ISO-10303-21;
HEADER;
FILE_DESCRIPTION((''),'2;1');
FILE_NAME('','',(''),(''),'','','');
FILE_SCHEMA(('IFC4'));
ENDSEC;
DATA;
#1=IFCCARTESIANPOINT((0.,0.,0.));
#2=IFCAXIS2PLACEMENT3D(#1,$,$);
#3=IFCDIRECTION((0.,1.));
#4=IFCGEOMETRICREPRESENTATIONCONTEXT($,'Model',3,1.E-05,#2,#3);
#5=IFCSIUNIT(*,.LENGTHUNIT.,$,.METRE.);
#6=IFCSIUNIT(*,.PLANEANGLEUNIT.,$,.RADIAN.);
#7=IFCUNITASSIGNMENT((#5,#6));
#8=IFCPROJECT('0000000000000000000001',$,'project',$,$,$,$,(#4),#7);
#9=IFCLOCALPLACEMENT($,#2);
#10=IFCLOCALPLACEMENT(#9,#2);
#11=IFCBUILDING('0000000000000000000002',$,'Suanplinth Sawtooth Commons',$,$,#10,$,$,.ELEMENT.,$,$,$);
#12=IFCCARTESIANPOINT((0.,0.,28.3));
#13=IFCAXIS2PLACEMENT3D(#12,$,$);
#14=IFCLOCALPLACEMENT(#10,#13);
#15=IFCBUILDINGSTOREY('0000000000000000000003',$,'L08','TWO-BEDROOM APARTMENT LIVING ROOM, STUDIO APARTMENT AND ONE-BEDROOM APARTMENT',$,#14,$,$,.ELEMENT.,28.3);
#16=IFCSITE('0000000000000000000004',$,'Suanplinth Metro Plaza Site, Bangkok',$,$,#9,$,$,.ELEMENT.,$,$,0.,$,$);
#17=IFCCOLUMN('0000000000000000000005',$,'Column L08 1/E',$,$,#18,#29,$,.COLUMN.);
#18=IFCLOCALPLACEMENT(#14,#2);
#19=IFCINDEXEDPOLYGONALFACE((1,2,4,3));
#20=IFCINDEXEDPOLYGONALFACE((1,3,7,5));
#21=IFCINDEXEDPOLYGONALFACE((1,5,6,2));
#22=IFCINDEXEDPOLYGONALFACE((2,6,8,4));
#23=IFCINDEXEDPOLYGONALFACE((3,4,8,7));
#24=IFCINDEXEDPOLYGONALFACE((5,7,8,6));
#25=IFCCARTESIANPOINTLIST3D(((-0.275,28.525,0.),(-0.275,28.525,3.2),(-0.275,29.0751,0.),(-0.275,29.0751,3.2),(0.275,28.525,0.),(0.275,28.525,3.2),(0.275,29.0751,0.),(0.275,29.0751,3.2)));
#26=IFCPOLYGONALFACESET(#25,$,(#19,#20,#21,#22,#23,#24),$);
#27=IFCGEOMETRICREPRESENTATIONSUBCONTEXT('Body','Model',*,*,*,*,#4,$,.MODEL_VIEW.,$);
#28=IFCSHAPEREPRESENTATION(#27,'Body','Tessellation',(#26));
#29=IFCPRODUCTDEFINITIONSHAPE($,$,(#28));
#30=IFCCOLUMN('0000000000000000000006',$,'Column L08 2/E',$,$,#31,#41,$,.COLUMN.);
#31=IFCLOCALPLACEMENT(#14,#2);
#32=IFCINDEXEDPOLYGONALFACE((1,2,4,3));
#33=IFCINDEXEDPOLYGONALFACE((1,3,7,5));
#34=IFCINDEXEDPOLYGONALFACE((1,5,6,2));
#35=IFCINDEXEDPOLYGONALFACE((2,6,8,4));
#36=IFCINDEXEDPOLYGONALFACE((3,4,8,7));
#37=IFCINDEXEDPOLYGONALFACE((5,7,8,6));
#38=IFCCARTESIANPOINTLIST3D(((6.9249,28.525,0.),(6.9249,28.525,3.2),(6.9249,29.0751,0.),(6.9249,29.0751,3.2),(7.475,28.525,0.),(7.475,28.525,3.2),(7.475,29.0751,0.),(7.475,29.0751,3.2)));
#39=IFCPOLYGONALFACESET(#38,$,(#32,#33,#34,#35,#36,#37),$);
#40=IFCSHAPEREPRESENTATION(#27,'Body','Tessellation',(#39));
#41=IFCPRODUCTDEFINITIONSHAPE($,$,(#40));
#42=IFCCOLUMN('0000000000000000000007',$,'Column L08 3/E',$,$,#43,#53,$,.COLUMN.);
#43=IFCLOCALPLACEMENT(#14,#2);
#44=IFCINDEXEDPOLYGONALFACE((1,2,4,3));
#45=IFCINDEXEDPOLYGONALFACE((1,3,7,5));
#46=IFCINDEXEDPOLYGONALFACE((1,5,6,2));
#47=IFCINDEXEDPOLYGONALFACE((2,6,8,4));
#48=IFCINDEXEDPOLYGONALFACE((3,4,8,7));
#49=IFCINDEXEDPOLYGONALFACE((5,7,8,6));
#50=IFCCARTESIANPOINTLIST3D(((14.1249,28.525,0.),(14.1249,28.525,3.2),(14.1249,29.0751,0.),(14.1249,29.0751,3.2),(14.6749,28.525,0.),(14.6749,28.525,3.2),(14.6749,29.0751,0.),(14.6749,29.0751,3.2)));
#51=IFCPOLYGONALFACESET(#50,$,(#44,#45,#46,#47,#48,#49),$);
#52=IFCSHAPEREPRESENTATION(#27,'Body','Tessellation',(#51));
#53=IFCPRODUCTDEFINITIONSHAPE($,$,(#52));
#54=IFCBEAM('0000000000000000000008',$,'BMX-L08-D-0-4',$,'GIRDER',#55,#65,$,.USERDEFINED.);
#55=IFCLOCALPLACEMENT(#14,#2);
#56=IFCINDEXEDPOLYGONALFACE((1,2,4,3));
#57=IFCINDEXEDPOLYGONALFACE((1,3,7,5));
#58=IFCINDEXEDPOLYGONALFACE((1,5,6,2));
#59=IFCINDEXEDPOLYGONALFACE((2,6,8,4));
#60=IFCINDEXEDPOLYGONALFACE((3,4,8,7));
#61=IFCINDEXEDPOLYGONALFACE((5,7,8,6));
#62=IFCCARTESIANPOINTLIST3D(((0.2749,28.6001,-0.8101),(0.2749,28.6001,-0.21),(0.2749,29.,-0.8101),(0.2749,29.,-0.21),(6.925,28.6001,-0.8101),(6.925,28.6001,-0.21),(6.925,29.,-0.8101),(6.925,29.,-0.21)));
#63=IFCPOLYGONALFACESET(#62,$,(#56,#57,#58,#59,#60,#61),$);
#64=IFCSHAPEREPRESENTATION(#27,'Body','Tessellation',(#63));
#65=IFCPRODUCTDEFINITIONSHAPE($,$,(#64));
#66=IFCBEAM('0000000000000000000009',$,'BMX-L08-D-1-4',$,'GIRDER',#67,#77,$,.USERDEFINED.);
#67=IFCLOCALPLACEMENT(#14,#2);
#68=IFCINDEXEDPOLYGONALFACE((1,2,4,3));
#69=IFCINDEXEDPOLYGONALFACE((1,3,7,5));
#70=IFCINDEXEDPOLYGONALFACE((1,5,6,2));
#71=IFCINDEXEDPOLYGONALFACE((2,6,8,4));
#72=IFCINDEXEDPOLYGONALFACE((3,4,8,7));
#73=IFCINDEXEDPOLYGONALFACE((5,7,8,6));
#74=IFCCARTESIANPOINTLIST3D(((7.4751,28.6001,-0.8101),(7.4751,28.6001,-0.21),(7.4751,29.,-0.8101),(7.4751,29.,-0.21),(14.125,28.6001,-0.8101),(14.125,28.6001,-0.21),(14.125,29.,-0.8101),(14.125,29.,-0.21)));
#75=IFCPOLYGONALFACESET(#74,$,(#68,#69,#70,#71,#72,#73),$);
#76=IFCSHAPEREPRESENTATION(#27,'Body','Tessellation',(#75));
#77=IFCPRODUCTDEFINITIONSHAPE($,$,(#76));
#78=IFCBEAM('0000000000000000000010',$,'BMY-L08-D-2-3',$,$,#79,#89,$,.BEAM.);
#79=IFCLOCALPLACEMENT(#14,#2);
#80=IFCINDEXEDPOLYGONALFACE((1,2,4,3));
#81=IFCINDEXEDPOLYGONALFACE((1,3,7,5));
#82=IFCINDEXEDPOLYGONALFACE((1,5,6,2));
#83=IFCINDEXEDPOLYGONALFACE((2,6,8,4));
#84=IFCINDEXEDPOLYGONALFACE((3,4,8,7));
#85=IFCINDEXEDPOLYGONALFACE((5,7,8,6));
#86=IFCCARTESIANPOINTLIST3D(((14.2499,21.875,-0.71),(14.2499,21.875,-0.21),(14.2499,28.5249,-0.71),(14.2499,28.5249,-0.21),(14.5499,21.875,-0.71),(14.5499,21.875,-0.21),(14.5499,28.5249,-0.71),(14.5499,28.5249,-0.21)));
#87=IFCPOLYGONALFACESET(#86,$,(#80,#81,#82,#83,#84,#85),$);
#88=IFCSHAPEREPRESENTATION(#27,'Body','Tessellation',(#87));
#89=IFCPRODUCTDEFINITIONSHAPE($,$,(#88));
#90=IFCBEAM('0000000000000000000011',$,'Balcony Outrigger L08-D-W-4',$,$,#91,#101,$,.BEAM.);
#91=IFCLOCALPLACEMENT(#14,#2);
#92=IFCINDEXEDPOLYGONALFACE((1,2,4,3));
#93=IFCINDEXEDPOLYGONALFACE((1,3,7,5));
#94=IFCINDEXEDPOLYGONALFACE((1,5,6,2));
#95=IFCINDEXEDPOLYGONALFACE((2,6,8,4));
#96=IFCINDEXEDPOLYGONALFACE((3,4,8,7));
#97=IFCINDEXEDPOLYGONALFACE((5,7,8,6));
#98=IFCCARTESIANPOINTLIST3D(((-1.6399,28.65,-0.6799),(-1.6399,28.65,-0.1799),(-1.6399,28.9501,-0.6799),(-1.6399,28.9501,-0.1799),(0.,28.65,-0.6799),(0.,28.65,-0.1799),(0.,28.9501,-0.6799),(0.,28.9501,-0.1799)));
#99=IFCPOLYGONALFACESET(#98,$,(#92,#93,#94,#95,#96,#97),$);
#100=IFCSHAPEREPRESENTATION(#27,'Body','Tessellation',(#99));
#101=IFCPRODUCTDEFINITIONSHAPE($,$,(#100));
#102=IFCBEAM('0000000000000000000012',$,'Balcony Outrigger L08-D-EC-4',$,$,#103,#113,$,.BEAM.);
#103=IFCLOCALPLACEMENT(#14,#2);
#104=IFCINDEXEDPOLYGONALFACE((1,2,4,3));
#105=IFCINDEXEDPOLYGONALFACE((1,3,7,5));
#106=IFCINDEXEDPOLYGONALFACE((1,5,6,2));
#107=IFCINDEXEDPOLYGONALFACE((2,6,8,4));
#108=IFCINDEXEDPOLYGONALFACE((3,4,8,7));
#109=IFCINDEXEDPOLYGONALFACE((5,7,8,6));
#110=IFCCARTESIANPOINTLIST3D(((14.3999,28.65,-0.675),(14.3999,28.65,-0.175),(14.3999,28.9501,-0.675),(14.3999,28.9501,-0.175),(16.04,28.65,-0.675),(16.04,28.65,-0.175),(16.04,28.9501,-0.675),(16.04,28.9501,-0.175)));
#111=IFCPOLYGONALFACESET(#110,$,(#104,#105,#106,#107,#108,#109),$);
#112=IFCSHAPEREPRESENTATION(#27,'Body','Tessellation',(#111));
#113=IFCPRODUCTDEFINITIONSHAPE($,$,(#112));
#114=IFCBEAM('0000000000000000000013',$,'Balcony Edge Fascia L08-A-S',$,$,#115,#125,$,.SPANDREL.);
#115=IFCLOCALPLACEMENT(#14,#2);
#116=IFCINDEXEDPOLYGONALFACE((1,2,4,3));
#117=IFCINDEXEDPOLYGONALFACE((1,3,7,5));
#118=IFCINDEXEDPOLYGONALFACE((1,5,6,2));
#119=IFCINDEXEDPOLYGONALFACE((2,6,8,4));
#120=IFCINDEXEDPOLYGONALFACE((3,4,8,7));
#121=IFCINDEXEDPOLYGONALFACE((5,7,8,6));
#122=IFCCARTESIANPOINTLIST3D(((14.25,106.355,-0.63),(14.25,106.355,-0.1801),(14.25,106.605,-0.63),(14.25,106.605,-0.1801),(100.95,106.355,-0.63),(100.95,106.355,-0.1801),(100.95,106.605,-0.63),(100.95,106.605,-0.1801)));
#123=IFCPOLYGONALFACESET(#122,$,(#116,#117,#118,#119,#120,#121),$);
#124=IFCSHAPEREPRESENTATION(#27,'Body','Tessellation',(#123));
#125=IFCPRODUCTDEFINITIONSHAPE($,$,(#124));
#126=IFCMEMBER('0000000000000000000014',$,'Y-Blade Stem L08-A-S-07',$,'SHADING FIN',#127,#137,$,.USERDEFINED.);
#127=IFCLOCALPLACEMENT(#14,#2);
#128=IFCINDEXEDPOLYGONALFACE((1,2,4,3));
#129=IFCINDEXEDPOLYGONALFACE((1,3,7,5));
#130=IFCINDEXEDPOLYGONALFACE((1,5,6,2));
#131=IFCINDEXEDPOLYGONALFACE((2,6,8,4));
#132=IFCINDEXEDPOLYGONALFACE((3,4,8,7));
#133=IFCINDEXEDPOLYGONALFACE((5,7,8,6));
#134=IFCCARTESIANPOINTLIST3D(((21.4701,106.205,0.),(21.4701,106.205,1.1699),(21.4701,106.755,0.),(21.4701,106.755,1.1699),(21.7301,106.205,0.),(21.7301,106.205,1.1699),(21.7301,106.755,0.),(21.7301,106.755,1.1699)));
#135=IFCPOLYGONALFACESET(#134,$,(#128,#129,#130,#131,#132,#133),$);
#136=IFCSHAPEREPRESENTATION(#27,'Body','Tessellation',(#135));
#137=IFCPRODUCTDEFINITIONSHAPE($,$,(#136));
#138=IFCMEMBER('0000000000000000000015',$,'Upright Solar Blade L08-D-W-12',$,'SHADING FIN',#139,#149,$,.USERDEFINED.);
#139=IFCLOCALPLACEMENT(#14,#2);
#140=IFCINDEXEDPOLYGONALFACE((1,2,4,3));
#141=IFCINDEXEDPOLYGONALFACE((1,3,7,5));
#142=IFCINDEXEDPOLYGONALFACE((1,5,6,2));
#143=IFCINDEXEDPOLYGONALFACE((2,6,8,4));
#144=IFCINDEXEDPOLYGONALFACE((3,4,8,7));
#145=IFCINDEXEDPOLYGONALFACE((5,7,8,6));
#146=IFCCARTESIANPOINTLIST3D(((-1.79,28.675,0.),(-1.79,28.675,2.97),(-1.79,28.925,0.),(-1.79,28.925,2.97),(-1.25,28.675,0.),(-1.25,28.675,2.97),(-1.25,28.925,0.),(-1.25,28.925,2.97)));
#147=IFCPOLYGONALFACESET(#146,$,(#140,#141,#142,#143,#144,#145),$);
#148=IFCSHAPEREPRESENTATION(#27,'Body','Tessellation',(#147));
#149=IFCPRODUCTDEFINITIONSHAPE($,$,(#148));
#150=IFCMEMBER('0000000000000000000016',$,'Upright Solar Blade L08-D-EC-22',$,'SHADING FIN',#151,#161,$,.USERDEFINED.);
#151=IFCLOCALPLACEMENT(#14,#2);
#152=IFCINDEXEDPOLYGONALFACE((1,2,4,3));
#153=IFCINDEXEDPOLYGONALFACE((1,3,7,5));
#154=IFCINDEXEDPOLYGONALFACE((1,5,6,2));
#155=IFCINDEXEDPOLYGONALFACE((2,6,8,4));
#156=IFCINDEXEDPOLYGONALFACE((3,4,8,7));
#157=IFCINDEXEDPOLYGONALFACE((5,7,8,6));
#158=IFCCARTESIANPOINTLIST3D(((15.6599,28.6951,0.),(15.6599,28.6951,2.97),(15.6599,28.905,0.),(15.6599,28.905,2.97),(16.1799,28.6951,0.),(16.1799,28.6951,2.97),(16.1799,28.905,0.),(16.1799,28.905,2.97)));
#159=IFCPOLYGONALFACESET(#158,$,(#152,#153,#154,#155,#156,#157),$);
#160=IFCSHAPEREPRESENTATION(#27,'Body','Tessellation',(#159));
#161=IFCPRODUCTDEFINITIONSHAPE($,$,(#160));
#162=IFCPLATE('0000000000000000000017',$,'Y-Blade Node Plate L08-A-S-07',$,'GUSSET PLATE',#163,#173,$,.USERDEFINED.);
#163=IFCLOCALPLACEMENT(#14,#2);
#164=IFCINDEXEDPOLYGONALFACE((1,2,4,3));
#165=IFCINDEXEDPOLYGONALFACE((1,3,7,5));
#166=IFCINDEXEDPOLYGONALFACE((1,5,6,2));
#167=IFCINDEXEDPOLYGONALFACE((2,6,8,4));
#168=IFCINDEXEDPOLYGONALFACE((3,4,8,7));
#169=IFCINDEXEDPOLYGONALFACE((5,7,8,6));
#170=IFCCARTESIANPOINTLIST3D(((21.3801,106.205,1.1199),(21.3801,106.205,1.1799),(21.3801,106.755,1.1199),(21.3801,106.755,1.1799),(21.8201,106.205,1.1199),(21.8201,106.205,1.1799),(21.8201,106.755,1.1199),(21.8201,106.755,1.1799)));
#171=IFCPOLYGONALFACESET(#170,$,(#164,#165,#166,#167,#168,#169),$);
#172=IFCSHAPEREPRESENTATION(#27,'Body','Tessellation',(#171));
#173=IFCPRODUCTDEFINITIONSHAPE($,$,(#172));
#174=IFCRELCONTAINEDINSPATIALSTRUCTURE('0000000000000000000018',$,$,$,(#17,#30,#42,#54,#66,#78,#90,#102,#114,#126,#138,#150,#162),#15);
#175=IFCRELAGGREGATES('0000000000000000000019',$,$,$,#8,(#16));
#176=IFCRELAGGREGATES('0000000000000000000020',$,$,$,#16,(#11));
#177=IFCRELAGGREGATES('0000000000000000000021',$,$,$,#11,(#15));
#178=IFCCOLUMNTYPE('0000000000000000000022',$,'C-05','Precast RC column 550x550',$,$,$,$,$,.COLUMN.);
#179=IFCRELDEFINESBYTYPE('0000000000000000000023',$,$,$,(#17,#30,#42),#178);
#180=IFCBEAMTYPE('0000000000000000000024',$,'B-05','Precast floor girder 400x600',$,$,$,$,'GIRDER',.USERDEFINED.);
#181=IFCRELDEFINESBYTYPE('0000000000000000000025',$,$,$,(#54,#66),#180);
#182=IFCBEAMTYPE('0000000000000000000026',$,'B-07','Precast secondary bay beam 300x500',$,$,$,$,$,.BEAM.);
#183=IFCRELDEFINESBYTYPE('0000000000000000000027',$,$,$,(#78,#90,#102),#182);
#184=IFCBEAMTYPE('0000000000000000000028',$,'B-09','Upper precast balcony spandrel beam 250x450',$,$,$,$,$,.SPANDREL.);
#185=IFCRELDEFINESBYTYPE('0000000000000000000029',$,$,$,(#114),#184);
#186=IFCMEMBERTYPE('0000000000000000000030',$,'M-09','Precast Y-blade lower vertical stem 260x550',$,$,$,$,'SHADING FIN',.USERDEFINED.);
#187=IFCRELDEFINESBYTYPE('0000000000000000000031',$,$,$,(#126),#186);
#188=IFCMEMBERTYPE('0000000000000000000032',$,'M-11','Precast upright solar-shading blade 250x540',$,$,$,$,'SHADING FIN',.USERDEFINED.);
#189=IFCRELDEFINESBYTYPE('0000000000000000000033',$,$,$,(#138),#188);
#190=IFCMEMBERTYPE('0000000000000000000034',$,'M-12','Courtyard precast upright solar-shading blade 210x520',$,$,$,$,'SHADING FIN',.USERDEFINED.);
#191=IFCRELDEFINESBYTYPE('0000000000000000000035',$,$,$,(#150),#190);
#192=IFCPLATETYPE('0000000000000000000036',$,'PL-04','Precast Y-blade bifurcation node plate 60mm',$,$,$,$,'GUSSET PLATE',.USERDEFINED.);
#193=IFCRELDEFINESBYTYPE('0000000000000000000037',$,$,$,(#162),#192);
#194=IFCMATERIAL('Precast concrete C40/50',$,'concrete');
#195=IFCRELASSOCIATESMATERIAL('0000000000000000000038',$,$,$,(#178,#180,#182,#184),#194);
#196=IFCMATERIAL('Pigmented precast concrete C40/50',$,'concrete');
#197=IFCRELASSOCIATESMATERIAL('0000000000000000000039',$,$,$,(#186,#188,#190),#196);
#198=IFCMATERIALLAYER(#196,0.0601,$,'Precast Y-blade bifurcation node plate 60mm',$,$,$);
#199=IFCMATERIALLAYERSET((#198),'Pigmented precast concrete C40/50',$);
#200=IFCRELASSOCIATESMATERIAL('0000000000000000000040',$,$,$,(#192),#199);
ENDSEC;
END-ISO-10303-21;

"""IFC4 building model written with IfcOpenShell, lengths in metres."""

from ifc_helpers import new_model, si_unit, direction, frame, origin, origin_2d, place, context, subcontext, project, spatial, rectangle, extrude, material, layer, layer_set, material_profile, profile_set, type_object, element, save


model = new_model("IFC4")

# Units and contexts
model_context = context("Model", 3, precision=1e-05, world=origin(), true_north=direction((0.0, 1.0)))
body_context = subcontext(model_context, "Body", "Model", "MODEL_VIEW")
ifc_project = project(units=[si_unit("LENGTHUNIT", "METRE"), si_unit("PLANEANGLEUNIT", "RADIAN")], contexts=[model_context])

# Site, building, storey
site_placement = place(None, origin())
site = spatial("IfcSite", under=ifc_project, at=site_placement, Name="Suanplinth Metro Plaza Site, Bangkok", CompositionType="ELEMENT", RefElevation=0.0)
building_placement = place(site_placement, origin())
building = spatial("IfcBuilding", under=site, at=building_placement, Name="Suanplinth Sawtooth Commons", CompositionType="ELEMENT")
storey_placement = place(building_placement, frame((0.0, 0.0, 28.3)))
storey = spatial("IfcBuildingStorey", under=building, at=storey_placement, Name="L08", Description="TWO-BEDROOM APARTMENT LIVING ROOM, STUDIO APARTMENT AND ONE-BEDROOM APARTMENT", CompositionType="ELEMENT", Elevation=28.3)

# Columns
ifc_material_1 = material(Name="Precast concrete C40/50", Category="concrete")
ifc_material_profile_1 = material_profile(ifc_material_1, rectangle(XDim=0.55, YDim=0.55, at=origin_2d()), Name="PC-COL 550x550")
ifc_profile_set_1 = profile_set([ifc_material_profile_1], Name="Precast concrete C40/50")
column_type = type_object("IfcColumnType", Name="C-05", Description="Precast RC column 550x550", PredefinedType="COLUMN", material=ifc_profile_set_1)
for number, where, z_axis, x_axis, name in (
    (1, (0.0, 28.8, 0.0), (0.0, 0.0, 1.0), (1.0, 0.0, 0.0), "Column L08 1/E"),
    (2, (7.2, 28.8, 0.0), (0.0, 0.0, 1.0), (1.0, 0.0, 0.0), "Column L08 2/E"),
    (3, (14.3999, 28.8, 0.0), (0.0, 0.0, 1.0), (1.0, 0.0, 0.0), "Column L08 3/E"),
):
    element("IfcColumn", number, at=place(storey_placement, frame(where, z_axis=z_axis, x_axis=x_axis)), inside=storey, type_object=column_type, Name=name, PredefinedType="COLUMN", context=body_context, shape_type="SweptSolid", body=[
        extrude(rectangle(XDim=0.55, YDim=0.55, at=origin_2d()), origin(), (0.0, 0.0, 1.0), 3.2),
    ])

# Beams
ifc_material_profile_2 = material_profile(ifc_material_1, rectangle(XDim=0.3999, YDim=0.6001, at=origin_2d()), Name="PC-GDR 400x600")
ifc_profile_set_2 = profile_set([ifc_material_profile_2], Name="Precast concrete C40/50")
beam_type_1 = type_object("IfcBeamType", Name="B-05", Description="Precast floor girder 400x600", ElementType="GIRDER", PredefinedType="USERDEFINED", material=ifc_profile_set_2)
beam_1_placement = place(storey_placement, frame((0.2749, 28.8, -0.51), z_axis=(1.0, 0.0, 0.0), x_axis=(0.0, 1.0, 0.0)))
element("IfcBeam", 4, at=beam_1_placement, inside=storey, type_object=beam_type_1, Name="BMX-L08-D-0-4", ObjectType="GIRDER", PredefinedType="USERDEFINED", context=body_context, shape_type="SweptSolid", body=[
    extrude(rectangle(XDim=0.3999, YDim=0.6001, at=origin_2d()), origin(), (0.0, 0.0, 1.0), 6.6501),
])
beam_2_placement = place(storey_placement, frame((7.4751, 28.8, -0.51), z_axis=(1.0, 0.0, 0.0), x_axis=(0.0, 1.0, 0.0)))
element("IfcBeam", 5, at=beam_2_placement, inside=storey, type_object=beam_type_1, Name="BMX-L08-D-1-4", ObjectType="GIRDER", PredefinedType="USERDEFINED", context=body_context, shape_type="SweptSolid", body=[
    extrude(rectangle(XDim=0.3999, YDim=0.6001, at=origin_2d()), origin(), (0.0, 0.0, 1.0), 6.6499),
])
ifc_material_profile_3 = material_profile(ifc_material_1, rectangle(XDim=0.3, YDim=0.5, at=origin_2d()), Name="PC-BM 300x500")
ifc_profile_set_3 = profile_set([ifc_material_profile_3], Name="Precast concrete C40/50")
beam_type_2 = type_object("IfcBeamType", Name="B-07", Description="Precast secondary bay beam 300x500", PredefinedType="BEAM", material=ifc_profile_set_3)
beam_3_placement = place(storey_placement, frame((14.3999, 21.875, -0.46), z_axis=(0.0, 1.0, 0.0), x_axis=(-1.0, 0.0, 0.0)))
element("IfcBeam", 6, at=beam_3_placement, inside=storey, type_object=beam_type_2, Name="BMY-L08-D-2-3", PredefinedType="BEAM", context=body_context, shape_type="SweptSolid", body=[
    extrude(rectangle(XDim=0.3, YDim=0.5, at=origin_2d()), origin(), (0.0, 0.0, 1.0), 6.6499),
])
beam_4_placement = place(storey_placement, frame((0.0, 28.8, -0.4299), z_axis=(-1.0, 0.0, 0.0), x_axis=(0.0, -1.0, 0.0)))
element("IfcBeam", 7, at=beam_4_placement, inside=storey, type_object=beam_type_2, Name="Balcony Outrigger L08-D-W-4", PredefinedType="BEAM", context=body_context, shape_type="SweptSolid", body=[
    extrude(rectangle(XDim=0.3, YDim=0.5, at=origin_2d()), origin(), (0.0, 0.0, 1.0), 1.6399),
])
beam_5_placement = place(storey_placement, frame((14.3999, 28.8, -0.425), z_axis=(1.0, 0.0, 0.0), x_axis=(0.0, 1.0, 0.0)))
element("IfcBeam", 8, at=beam_5_placement, inside=storey, type_object=beam_type_2, Name="Balcony Outrigger L08-D-EC-4", PredefinedType="BEAM", context=body_context, shape_type="SweptSolid", body=[
    extrude(rectangle(XDim=0.3, YDim=0.5, at=origin_2d()), origin(), (0.0, 0.0, 1.0), 1.6401),
])
ifc_material_profile_4 = material_profile(ifc_material_1, rectangle(XDim=0.25, YDim=0.45, at=origin_2d()), Name="PC-SP 250x450")
ifc_profile_set_4 = profile_set([ifc_material_profile_4], Name="Precast concrete C40/50")
beam_type_3 = type_object("IfcBeamType", Name="B-09", Description="Upper precast balcony spandrel beam 250x450", PredefinedType="SPANDREL", material=ifc_profile_set_4)
beam_6_placement = place(storey_placement, frame((14.25, 106.48, -0.405), z_axis=(1.0, 0.0, 0.0), x_axis=(0.0, 1.0, 0.0)))
element("IfcBeam", 9, at=beam_6_placement, inside=storey, type_object=beam_type_3, Name="Balcony Edge Fascia L08-A-S", PredefinedType="SPANDREL", context=body_context, shape_type="SweptSolid", body=[
    extrude(rectangle(XDim=0.25, YDim=0.45, at=origin_2d()), origin(), (0.0, 0.0, 1.0), 86.7),
])

# Members
ifc_material_2 = material(Name="Pigmented precast concrete C40/50", Category="concrete")
ifc_material_profile_5 = material_profile(ifc_material_2, rectangle(XDim=0.26, YDim=0.55, at=origin_2d()), Name="PC-FIN 260x550")
ifc_profile_set_5 = profile_set([ifc_material_profile_5], Name="Pigmented precast concrete C40/50")
member_type_1 = type_object("IfcMemberType", Name="M-09", Description="Precast Y-blade lower vertical stem 260x550", ElementType="SHADING FIN", PredefinedType="USERDEFINED", material=ifc_profile_set_5)
member_1_placement = place(storey_placement, frame((21.6001, 106.48, 0.0), z_axis=(0.0, 0.0, 1.0), x_axis=(1.0, 0.0, 0.0)))
element("IfcMember", 10, at=member_1_placement, inside=storey, type_object=member_type_1, Name="Y-Blade Stem L08-A-S-07", ObjectType="SHADING FIN", PredefinedType="USERDEFINED", context=body_context, shape_type="SweptSolid", body=[
    extrude(rectangle(XDim=0.26, YDim=0.55, at=origin_2d()), origin(), (0.0, 0.0, 1.0), 1.1699),
])
ifc_material_profile_6 = material_profile(ifc_material_2, rectangle(XDim=0.25, YDim=0.54, at=origin_2d()), Name="PC-FIN 250x540")
ifc_profile_set_6 = profile_set([ifc_material_profile_6], Name="Pigmented precast concrete C40/50")
member_type_2 = type_object("IfcMemberType", Name="M-11", Description="Precast upright solar-shading blade 250x540", ElementType="SHADING FIN", PredefinedType="USERDEFINED", material=ifc_profile_set_6)
member_2_placement = place(storey_placement, frame((-1.52, 28.8, 0.0), z_axis=(0.0, 0.0, 1.0), x_axis=(0.0, 1.0, 0.0)))
element("IfcMember", 11, at=member_2_placement, inside=storey, type_object=member_type_2, Name="Upright Solar Blade L08-D-W-12", ObjectType="SHADING FIN", PredefinedType="USERDEFINED", context=body_context, shape_type="SweptSolid", body=[
    extrude(rectangle(XDim=0.25, YDim=0.54, at=origin_2d()), origin(), (0.0, 0.0, 1.0), 2.97),
])
ifc_material_profile_7 = material_profile(ifc_material_2, rectangle(XDim=0.21, YDim=0.52, at=origin_2d()), Name="PC-FIN 210x520")
ifc_profile_set_7 = profile_set([ifc_material_profile_7], Name="Pigmented precast concrete C40/50")
member_type_3 = type_object("IfcMemberType", Name="M-12", Description="Courtyard precast upright solar-shading blade 210x520", ElementType="SHADING FIN", PredefinedType="USERDEFINED", material=ifc_profile_set_7)
member_3_placement = place(storey_placement, frame((15.9199, 28.8, 0.0), z_axis=(0.0, 0.0, 1.0), x_axis=(0.0, 1.0, 0.0)))
element("IfcMember", 12, at=member_3_placement, inside=storey, type_object=member_type_3, Name="Upright Solar Blade L08-D-EC-22", ObjectType="SHADING FIN", PredefinedType="USERDEFINED", context=body_context, shape_type="SweptSolid", body=[
    extrude(rectangle(XDim=0.21, YDim=0.52, at=origin_2d()), origin(), (0.0, 0.0, 1.0), 2.97),
])

# Plate
ifc_layer_1 = layer(ifc_material_2, 0.0601, Name="Precast Y-blade bifurcation node plate 60mm")
ifc_layer_set_1 = layer_set([ifc_layer_1], Name="Pigmented precast concrete C40/50")
plate_type = type_object("IfcPlateType", Name="PL-04", Description="Precast Y-blade bifurcation node plate 60mm", ElementType="GUSSET PLATE", PredefinedType="USERDEFINED", material=ifc_layer_set_1)
plate_placement = place(storey_placement, frame((21.6001, 106.48, 1.1199), z_axis=(0.0, 0.0, 1.0), x_axis=(1.0, 0.0, 0.0)))
element("IfcPlate", 13, at=plate_placement, inside=storey, type_object=plate_type, Name="Y-Blade Node Plate L08-A-S-07", ObjectType="GUSSET PLATE", PredefinedType="USERDEFINED", context=body_context, shape_type="SweptSolid", body=[
    extrude(rectangle(XDim=0.4399, YDim=0.55, at=origin_2d()), origin(), (0.0, 0.0, 1.0), 0.0601),
])

save(model, "model.ifc")
